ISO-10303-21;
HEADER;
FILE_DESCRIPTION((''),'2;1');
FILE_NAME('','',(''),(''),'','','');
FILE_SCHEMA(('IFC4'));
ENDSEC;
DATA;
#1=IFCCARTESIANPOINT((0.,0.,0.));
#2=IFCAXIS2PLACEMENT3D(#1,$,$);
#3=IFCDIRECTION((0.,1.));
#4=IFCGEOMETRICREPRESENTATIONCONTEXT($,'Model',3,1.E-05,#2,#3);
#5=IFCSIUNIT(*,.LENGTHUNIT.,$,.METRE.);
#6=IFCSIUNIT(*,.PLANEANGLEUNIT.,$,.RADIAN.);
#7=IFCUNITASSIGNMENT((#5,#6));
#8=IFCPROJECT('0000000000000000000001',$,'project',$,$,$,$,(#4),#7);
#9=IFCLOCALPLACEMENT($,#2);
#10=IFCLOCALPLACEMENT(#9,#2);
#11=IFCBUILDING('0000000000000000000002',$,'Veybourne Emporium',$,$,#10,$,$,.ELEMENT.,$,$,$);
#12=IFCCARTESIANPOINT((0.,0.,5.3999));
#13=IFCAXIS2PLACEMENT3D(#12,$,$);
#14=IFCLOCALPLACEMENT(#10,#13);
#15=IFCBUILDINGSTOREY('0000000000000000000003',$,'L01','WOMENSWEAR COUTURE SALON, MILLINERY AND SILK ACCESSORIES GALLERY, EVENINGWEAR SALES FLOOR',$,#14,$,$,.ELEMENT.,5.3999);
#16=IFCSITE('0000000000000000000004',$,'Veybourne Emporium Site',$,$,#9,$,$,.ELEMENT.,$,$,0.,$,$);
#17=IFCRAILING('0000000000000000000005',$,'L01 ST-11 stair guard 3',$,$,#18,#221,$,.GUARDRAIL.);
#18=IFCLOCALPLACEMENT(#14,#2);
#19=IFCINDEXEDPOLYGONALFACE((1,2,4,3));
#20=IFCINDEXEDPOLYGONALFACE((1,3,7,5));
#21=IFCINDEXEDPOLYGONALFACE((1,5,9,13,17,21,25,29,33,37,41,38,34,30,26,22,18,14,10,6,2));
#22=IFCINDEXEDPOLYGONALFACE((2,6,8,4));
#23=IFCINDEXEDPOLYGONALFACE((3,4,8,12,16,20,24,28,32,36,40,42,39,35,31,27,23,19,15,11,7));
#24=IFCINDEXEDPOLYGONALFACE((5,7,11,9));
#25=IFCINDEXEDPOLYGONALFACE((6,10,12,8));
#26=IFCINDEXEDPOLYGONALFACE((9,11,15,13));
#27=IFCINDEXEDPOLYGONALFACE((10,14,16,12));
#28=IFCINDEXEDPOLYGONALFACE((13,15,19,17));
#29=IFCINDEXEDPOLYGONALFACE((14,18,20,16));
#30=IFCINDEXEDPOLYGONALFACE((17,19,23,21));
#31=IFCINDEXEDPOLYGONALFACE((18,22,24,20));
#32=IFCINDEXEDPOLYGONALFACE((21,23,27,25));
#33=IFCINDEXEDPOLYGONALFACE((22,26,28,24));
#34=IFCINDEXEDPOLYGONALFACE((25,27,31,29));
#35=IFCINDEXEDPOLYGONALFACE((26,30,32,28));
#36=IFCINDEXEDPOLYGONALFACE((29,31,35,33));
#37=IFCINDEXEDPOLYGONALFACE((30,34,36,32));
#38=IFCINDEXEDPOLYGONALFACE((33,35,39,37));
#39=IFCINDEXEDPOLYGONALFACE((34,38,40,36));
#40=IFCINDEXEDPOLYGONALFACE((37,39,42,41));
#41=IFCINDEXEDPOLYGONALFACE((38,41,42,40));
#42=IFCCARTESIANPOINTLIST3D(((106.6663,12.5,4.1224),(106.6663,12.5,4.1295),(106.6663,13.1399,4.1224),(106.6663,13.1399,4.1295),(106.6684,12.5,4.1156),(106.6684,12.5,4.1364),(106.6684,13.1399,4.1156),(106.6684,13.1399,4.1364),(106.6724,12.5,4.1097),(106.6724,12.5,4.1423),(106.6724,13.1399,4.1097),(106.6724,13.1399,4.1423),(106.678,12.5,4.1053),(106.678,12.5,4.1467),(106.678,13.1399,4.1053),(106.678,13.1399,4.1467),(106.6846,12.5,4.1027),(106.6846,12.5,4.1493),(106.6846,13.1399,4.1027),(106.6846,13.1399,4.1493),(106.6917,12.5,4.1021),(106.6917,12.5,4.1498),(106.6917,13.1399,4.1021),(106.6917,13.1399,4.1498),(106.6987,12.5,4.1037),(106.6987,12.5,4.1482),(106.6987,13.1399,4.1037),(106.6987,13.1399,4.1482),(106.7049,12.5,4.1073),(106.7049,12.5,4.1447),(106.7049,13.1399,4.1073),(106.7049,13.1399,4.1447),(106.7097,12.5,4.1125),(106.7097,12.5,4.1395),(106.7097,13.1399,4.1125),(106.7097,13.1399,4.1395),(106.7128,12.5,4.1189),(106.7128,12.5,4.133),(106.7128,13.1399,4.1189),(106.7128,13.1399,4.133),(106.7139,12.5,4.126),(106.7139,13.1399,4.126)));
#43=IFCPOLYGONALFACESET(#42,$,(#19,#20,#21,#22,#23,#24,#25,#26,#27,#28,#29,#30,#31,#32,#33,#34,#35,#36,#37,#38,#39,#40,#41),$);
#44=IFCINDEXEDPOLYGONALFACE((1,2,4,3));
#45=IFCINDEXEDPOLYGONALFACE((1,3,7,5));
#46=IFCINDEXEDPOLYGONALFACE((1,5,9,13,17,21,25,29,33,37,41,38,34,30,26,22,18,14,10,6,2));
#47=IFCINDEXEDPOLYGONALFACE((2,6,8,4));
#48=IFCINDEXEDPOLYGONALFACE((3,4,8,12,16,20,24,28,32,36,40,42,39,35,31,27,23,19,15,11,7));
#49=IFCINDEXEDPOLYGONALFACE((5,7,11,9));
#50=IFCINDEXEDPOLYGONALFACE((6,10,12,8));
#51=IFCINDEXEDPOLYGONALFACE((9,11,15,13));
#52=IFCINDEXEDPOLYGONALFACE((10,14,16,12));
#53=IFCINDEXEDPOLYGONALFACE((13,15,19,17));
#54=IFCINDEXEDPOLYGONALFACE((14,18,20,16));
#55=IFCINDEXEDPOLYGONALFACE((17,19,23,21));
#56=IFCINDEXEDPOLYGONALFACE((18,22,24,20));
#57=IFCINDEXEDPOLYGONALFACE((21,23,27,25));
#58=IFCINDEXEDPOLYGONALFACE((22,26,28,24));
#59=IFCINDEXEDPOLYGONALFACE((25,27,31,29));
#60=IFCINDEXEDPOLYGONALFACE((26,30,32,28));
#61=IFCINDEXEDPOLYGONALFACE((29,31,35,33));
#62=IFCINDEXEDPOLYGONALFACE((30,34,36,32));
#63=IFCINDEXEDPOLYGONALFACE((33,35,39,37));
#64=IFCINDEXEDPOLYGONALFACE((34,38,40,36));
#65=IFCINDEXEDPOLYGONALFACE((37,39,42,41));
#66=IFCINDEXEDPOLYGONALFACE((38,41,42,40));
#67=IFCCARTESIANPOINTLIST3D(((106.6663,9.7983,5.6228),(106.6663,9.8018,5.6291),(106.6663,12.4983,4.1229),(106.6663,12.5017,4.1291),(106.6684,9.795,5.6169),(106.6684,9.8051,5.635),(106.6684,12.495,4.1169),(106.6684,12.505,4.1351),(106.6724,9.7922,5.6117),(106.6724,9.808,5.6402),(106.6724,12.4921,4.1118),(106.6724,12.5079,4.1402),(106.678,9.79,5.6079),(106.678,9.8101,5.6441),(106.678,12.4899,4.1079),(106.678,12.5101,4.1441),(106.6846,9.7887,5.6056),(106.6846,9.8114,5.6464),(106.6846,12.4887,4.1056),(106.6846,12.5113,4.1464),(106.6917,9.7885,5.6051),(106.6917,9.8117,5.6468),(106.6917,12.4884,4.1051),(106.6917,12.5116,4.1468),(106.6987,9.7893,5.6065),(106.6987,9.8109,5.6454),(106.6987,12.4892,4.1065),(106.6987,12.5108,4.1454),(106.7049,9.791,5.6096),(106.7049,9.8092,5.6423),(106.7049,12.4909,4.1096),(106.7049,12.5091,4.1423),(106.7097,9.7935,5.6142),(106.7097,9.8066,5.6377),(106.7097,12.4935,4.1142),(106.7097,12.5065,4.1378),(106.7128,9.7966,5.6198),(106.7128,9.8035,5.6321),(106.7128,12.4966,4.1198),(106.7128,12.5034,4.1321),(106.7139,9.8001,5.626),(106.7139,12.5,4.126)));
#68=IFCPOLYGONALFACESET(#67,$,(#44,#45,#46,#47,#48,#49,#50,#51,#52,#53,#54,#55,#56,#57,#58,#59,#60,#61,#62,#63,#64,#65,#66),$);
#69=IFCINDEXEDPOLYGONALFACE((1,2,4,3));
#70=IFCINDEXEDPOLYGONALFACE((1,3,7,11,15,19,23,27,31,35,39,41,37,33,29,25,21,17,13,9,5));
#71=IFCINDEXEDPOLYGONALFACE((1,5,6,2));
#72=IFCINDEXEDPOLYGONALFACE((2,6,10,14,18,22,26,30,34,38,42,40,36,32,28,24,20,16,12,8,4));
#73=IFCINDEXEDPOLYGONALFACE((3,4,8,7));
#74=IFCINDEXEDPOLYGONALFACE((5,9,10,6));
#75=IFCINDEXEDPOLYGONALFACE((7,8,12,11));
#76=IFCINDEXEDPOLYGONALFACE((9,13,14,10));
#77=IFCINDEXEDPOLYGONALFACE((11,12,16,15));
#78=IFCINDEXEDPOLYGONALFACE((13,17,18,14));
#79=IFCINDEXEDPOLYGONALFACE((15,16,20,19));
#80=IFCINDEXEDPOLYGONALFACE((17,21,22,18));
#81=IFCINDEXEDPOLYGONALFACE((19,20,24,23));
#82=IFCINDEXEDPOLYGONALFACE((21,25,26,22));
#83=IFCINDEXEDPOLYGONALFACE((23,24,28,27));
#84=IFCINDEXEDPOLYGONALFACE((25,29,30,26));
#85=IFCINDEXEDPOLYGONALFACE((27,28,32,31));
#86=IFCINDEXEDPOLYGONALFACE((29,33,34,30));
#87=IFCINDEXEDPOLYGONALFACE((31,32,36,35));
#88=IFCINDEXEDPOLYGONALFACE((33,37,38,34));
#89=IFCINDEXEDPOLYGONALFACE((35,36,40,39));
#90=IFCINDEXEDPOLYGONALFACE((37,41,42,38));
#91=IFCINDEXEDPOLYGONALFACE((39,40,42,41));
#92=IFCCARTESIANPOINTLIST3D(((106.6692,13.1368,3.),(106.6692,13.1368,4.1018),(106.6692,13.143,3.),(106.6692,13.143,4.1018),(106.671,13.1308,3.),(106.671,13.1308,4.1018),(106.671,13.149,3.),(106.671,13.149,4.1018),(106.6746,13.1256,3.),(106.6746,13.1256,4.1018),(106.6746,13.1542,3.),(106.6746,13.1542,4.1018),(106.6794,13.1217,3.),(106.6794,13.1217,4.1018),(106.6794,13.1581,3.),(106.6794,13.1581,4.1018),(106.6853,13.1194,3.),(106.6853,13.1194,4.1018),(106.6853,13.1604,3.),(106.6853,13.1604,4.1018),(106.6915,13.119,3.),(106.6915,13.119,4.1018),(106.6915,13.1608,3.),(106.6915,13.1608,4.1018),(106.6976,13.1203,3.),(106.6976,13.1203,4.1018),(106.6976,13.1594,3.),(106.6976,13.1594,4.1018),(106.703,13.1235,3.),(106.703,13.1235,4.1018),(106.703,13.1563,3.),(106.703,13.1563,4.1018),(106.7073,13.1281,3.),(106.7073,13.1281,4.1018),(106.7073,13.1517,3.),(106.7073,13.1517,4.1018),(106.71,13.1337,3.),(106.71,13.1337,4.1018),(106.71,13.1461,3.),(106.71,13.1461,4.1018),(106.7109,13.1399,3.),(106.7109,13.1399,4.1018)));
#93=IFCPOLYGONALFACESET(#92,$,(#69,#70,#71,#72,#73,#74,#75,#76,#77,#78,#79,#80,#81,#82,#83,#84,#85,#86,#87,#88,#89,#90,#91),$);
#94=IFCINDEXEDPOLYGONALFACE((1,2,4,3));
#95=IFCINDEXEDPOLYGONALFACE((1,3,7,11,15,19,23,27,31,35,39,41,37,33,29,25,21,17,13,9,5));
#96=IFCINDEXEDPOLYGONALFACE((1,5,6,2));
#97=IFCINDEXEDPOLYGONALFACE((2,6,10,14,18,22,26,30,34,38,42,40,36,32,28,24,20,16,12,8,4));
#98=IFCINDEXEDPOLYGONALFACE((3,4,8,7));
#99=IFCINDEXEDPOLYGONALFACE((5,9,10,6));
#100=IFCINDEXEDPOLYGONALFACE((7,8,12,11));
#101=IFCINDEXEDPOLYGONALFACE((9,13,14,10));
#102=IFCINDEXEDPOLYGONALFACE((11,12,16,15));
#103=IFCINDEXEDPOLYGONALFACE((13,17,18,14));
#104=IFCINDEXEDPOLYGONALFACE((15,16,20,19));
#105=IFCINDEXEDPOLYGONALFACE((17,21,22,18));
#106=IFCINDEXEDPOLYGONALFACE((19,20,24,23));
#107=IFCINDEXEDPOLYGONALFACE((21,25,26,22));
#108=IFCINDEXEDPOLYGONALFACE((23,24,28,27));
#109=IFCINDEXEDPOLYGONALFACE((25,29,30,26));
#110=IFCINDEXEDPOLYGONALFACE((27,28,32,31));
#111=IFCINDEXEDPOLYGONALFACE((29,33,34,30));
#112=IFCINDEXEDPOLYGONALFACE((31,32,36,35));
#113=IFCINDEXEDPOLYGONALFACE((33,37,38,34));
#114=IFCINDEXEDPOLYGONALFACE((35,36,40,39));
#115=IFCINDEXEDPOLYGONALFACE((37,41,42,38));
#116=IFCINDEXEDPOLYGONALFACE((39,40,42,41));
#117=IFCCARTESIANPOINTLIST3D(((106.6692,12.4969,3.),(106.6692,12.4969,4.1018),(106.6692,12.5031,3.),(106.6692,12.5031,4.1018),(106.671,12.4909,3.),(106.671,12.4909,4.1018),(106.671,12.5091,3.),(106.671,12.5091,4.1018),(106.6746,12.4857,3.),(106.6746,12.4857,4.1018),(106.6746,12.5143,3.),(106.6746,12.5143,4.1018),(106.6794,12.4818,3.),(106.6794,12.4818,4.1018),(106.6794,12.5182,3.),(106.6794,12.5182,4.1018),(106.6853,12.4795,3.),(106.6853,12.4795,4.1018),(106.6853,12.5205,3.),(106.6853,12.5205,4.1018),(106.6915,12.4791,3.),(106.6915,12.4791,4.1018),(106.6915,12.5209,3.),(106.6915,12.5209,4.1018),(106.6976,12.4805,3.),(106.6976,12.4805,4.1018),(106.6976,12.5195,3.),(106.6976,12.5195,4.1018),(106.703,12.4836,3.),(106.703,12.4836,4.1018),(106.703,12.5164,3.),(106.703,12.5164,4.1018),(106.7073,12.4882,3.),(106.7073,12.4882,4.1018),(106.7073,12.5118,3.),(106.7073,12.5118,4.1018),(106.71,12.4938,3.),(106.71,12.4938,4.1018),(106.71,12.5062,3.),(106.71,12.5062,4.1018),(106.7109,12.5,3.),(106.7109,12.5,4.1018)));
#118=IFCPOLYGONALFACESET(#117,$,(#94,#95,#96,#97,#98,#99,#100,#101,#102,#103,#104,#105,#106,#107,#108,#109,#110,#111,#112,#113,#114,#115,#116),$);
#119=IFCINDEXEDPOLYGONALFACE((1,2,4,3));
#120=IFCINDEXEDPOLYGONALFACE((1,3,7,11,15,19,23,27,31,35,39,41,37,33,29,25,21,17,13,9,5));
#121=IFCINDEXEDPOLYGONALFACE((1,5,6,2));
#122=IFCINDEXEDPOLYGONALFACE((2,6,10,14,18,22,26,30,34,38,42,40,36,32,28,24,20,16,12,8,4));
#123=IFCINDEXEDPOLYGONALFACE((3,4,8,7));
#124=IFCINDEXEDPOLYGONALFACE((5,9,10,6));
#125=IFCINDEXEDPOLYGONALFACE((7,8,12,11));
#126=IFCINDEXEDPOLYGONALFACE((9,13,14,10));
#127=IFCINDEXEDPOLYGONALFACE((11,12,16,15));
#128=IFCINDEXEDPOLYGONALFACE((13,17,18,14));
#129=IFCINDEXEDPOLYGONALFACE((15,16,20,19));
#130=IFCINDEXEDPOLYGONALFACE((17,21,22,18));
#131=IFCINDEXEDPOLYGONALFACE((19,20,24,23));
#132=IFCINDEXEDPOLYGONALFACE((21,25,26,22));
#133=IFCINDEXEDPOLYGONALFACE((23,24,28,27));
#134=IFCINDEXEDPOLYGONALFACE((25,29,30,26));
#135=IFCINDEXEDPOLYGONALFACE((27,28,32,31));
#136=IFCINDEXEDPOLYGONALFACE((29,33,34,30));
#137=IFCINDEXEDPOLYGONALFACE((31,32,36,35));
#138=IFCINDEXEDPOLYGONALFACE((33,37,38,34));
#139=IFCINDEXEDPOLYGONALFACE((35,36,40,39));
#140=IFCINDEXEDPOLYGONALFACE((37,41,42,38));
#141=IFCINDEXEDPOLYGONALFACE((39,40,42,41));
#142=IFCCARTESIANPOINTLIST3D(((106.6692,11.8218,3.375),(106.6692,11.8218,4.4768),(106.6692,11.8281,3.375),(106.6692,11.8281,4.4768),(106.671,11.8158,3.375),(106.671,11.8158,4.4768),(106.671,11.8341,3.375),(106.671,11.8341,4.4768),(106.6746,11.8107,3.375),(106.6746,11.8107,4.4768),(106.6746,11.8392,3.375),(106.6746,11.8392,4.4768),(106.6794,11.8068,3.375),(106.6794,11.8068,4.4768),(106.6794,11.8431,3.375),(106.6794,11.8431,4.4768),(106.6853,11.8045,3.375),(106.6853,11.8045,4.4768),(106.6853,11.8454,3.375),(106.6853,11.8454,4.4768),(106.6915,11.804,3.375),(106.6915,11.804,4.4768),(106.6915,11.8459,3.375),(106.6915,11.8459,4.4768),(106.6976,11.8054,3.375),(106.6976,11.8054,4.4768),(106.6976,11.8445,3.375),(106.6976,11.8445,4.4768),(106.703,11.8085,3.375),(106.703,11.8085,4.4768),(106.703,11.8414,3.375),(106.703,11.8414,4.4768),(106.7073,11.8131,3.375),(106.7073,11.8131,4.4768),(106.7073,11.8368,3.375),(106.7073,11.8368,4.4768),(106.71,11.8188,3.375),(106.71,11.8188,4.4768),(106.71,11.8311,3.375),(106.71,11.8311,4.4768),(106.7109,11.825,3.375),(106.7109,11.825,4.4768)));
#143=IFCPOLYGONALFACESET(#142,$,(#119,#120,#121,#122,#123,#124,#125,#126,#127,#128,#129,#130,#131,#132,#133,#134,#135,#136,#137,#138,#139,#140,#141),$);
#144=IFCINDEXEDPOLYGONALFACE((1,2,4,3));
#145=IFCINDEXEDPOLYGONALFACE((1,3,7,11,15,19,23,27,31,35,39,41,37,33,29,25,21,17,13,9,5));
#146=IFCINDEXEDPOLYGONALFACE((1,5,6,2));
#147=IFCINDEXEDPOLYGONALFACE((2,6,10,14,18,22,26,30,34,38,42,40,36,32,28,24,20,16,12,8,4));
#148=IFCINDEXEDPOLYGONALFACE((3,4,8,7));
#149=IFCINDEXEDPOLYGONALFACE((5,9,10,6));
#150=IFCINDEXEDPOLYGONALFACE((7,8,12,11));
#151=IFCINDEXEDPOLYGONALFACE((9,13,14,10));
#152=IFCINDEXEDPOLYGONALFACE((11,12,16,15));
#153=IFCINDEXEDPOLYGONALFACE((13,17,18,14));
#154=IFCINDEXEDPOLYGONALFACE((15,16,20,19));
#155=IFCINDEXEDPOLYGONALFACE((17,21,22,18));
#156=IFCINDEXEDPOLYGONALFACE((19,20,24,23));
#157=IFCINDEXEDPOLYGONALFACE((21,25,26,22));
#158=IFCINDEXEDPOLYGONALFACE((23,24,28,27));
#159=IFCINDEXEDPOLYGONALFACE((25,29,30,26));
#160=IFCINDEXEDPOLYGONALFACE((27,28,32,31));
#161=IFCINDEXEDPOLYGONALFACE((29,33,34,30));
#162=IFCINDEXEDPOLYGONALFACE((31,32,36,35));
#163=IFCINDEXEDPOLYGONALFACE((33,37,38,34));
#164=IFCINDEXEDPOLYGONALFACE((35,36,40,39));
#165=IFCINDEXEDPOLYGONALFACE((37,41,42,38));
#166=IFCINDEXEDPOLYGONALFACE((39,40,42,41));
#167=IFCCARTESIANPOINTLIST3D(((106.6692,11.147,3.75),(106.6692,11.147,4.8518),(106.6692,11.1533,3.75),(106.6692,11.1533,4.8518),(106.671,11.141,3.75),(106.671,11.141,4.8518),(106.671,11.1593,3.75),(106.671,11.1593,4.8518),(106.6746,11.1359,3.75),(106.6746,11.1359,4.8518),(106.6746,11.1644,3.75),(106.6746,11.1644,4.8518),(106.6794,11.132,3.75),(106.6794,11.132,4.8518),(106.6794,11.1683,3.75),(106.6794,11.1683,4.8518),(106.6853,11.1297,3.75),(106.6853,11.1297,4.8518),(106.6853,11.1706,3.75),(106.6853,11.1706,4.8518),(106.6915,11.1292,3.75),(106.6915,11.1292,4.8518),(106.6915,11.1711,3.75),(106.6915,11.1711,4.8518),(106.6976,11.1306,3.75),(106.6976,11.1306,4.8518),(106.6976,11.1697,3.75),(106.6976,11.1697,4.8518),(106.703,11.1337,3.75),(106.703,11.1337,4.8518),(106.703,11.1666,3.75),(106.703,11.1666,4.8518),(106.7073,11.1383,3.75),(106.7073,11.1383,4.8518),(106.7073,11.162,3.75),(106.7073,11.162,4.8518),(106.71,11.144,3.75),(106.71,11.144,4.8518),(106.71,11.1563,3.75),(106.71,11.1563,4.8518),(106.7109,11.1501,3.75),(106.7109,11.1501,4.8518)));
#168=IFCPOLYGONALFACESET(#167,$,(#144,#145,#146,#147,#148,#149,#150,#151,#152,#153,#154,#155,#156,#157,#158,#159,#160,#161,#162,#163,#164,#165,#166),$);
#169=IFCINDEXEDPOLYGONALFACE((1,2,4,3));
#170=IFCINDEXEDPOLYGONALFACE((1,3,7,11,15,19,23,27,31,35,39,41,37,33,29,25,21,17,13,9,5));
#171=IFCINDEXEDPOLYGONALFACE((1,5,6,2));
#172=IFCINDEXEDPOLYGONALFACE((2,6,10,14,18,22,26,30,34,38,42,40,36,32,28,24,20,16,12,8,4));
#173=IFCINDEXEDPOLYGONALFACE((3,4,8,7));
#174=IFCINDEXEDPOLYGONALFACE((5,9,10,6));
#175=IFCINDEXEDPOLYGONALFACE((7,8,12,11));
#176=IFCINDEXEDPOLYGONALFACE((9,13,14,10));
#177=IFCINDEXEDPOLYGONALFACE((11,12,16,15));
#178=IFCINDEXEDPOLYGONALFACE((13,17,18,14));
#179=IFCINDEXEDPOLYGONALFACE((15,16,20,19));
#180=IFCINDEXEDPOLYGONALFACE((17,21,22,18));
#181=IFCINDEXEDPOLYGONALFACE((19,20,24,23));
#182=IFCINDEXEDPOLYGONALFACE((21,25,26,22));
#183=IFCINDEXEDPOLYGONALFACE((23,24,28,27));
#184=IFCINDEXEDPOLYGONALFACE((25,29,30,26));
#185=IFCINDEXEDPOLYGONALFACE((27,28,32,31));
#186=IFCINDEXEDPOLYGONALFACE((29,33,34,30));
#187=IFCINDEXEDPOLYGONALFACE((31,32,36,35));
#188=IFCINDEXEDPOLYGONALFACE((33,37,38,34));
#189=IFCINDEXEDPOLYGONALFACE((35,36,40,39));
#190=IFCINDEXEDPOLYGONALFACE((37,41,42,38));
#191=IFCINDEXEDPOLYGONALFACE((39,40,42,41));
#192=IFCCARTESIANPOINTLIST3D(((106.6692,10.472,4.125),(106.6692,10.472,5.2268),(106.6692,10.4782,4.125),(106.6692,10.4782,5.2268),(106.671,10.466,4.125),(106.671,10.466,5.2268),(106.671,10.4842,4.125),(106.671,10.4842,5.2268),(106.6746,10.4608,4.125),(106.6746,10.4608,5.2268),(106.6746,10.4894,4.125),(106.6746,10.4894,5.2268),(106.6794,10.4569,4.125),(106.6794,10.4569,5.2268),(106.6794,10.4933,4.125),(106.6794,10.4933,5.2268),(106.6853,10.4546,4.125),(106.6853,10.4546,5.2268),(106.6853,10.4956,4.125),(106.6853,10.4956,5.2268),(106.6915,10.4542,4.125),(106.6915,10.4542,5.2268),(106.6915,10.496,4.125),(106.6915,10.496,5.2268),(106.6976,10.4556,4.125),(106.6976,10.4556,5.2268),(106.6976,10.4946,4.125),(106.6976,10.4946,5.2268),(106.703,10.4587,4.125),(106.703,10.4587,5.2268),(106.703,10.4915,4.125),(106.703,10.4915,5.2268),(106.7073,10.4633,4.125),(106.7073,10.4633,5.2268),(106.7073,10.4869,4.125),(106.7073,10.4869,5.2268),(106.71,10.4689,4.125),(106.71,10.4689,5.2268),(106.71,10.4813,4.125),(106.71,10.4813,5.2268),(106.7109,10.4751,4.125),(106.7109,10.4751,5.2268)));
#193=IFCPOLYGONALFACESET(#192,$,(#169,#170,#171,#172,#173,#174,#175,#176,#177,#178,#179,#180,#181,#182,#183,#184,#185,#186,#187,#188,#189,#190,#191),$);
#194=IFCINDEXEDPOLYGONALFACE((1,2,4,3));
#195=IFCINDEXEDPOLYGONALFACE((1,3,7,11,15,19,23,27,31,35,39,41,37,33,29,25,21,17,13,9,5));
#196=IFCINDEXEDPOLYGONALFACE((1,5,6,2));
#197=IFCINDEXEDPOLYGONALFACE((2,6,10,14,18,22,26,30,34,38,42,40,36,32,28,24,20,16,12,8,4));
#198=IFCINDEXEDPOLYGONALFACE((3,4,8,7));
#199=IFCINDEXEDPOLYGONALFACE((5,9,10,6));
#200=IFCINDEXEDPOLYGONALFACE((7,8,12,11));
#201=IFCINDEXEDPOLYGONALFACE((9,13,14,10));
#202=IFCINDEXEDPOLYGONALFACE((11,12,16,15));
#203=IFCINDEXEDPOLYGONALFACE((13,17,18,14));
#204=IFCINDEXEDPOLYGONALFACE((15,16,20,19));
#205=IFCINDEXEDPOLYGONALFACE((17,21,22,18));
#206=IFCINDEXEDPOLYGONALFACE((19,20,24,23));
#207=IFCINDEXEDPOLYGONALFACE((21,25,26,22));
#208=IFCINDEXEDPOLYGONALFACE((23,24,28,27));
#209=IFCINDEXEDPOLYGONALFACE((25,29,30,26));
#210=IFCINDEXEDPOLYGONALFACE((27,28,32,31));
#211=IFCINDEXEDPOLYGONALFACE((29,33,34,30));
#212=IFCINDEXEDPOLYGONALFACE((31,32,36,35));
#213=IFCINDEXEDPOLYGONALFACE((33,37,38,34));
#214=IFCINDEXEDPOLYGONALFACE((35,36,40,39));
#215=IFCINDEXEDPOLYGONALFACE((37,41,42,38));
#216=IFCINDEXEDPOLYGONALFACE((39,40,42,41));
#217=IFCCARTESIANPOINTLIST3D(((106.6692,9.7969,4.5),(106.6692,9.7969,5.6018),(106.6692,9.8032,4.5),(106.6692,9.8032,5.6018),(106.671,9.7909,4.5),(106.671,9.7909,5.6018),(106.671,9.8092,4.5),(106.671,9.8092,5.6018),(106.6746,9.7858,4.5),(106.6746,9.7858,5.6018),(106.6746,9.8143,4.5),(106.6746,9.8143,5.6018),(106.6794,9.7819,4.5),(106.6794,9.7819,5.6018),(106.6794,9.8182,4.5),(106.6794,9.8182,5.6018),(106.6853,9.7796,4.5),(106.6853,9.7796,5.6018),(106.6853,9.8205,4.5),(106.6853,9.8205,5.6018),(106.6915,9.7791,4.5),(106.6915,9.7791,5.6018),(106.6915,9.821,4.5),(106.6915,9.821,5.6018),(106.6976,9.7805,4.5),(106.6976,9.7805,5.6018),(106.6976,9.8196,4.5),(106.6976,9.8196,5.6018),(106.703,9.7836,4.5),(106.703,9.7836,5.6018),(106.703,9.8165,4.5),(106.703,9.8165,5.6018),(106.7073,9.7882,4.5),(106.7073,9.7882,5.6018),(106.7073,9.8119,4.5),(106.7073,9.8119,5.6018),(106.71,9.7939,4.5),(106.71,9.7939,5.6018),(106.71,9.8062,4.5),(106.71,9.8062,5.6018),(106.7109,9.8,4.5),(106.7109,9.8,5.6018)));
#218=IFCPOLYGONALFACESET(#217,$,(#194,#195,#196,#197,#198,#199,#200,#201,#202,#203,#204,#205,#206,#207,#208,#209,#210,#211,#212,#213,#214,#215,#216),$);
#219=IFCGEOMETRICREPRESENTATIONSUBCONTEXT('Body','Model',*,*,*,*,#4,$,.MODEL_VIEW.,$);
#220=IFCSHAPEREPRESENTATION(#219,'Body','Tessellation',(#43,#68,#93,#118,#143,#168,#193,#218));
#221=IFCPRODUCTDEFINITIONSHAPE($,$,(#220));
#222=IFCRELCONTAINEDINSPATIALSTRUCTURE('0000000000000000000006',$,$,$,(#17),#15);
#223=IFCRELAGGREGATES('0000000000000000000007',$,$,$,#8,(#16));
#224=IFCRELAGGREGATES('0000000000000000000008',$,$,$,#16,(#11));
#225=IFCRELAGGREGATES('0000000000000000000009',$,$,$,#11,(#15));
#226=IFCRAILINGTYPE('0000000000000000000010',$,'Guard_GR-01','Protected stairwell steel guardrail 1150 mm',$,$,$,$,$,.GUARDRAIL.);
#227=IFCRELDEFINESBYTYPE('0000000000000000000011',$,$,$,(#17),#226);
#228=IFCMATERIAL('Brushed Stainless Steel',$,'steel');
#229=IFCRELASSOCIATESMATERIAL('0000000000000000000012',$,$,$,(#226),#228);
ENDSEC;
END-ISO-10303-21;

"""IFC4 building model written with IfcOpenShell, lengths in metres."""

from ifc_helpers import new_model, si_unit, direction, frame, origin, origin_2d, place, context, subcontext, project, spatial, circle, extrude, material, type_object, element, save


model = new_model("IFC4")

# Units and contexts
model_context = context("Model", 3, precision=1e-05, world=origin(), true_north=direction((0.0, 1.0)))
body_context = subcontext(model_context, "Body", "Model", "MODEL_VIEW")
ifc_project = project(units=[si_unit("LENGTHUNIT", "METRE"), si_unit("PLANEANGLEUNIT", "RADIAN")], contexts=[model_context])

# Site, building, storey
site_placement = place(None, origin())
site = spatial("IfcSite", under=ifc_project, at=site_placement, Name="Veybourne Emporium Site", CompositionType="ELEMENT", RefElevation=0.0)
building_placement = place(site_placement, origin())
building = spatial("IfcBuilding", under=site, at=building_placement, Name="Veybourne Emporium", CompositionType="ELEMENT")
storey_placement = place(building_placement, frame((0.0, 0.0, 5.3999)))
storey = spatial("IfcBuildingStorey", under=building, at=storey_placement, Name="L01", Description="WOMENSWEAR COUTURE SALON, MILLINERY AND SILK ACCESSORIES GALLERY, EVENINGWEAR SALES FLOOR", CompositionType="ELEMENT", Elevation=5.3999)

# Railing
ifc_material_1 = material(Name="Brushed Stainless Steel", Category="steel")
railing_type_1 = type_object("IfcRailingType", Name="Guard_GR-01", Description="Protected stairwell steel guardrail 1150 mm", PredefinedType="GUARDRAIL", material=ifc_material_1)
railing_1_placement = place(storey_placement, frame((106.6899, 13.1399, 3.0)))
element("IfcRailing", 1, at=railing_1_placement, inside=storey, type_object=railing_type_1, Name="L01 ST-11 stair guard 3", PredefinedType="GUARDRAIL", context=body_context, shape_type="SweptSolid", body=[
    extrude(circle(Radius=0.0239, at=origin_2d()), frame((0.0, 0.0, 1.126), z_axis=(0.0, -1.0, 0.0), x_axis=(1.0, 0.0, 0.0)), (0.0, 0.0, 1.0), 0.6399),
    extrude(circle(Radius=0.0239, at=origin_2d()), frame((0.0, -0.6399, 1.126), z_axis=(0.0, -0.874154, 0.48565), x_axis=(1.0, 0.0, 0.0)), (0.0, 0.0, 1.0), 3.0886),
    extrude(circle(Radius=0.021, at=origin_2d()), origin(), (0.0, 0.0, 1.0), 1.1018),
    extrude(circle(Radius=0.021, at=origin_2d()), frame((0.0, -0.6399, 0.0)), (0.0, 0.0, 1.0), 1.1018),
    extrude(circle(Radius=0.021, at=origin_2d()), frame((0.0, -1.3149, 0.375)), (0.0, 0.0, 1.0), 1.1018),
    extrude(circle(Radius=0.021, at=origin_2d()), frame((0.0, -1.9897, 0.75)), (0.0, 0.0, 1.0), 1.1018),
    extrude(circle(Radius=0.021, at=origin_2d()), frame((0.0, -2.6648, 1.125)), (0.0, 0.0, 1.0), 1.1018),
    extrude(circle(Radius=0.021, at=origin_2d()), frame((0.0, -3.3398, 1.5)), (0.0, 0.0, 1.0), 1.1018),
])

save(model, "model.ifc")
